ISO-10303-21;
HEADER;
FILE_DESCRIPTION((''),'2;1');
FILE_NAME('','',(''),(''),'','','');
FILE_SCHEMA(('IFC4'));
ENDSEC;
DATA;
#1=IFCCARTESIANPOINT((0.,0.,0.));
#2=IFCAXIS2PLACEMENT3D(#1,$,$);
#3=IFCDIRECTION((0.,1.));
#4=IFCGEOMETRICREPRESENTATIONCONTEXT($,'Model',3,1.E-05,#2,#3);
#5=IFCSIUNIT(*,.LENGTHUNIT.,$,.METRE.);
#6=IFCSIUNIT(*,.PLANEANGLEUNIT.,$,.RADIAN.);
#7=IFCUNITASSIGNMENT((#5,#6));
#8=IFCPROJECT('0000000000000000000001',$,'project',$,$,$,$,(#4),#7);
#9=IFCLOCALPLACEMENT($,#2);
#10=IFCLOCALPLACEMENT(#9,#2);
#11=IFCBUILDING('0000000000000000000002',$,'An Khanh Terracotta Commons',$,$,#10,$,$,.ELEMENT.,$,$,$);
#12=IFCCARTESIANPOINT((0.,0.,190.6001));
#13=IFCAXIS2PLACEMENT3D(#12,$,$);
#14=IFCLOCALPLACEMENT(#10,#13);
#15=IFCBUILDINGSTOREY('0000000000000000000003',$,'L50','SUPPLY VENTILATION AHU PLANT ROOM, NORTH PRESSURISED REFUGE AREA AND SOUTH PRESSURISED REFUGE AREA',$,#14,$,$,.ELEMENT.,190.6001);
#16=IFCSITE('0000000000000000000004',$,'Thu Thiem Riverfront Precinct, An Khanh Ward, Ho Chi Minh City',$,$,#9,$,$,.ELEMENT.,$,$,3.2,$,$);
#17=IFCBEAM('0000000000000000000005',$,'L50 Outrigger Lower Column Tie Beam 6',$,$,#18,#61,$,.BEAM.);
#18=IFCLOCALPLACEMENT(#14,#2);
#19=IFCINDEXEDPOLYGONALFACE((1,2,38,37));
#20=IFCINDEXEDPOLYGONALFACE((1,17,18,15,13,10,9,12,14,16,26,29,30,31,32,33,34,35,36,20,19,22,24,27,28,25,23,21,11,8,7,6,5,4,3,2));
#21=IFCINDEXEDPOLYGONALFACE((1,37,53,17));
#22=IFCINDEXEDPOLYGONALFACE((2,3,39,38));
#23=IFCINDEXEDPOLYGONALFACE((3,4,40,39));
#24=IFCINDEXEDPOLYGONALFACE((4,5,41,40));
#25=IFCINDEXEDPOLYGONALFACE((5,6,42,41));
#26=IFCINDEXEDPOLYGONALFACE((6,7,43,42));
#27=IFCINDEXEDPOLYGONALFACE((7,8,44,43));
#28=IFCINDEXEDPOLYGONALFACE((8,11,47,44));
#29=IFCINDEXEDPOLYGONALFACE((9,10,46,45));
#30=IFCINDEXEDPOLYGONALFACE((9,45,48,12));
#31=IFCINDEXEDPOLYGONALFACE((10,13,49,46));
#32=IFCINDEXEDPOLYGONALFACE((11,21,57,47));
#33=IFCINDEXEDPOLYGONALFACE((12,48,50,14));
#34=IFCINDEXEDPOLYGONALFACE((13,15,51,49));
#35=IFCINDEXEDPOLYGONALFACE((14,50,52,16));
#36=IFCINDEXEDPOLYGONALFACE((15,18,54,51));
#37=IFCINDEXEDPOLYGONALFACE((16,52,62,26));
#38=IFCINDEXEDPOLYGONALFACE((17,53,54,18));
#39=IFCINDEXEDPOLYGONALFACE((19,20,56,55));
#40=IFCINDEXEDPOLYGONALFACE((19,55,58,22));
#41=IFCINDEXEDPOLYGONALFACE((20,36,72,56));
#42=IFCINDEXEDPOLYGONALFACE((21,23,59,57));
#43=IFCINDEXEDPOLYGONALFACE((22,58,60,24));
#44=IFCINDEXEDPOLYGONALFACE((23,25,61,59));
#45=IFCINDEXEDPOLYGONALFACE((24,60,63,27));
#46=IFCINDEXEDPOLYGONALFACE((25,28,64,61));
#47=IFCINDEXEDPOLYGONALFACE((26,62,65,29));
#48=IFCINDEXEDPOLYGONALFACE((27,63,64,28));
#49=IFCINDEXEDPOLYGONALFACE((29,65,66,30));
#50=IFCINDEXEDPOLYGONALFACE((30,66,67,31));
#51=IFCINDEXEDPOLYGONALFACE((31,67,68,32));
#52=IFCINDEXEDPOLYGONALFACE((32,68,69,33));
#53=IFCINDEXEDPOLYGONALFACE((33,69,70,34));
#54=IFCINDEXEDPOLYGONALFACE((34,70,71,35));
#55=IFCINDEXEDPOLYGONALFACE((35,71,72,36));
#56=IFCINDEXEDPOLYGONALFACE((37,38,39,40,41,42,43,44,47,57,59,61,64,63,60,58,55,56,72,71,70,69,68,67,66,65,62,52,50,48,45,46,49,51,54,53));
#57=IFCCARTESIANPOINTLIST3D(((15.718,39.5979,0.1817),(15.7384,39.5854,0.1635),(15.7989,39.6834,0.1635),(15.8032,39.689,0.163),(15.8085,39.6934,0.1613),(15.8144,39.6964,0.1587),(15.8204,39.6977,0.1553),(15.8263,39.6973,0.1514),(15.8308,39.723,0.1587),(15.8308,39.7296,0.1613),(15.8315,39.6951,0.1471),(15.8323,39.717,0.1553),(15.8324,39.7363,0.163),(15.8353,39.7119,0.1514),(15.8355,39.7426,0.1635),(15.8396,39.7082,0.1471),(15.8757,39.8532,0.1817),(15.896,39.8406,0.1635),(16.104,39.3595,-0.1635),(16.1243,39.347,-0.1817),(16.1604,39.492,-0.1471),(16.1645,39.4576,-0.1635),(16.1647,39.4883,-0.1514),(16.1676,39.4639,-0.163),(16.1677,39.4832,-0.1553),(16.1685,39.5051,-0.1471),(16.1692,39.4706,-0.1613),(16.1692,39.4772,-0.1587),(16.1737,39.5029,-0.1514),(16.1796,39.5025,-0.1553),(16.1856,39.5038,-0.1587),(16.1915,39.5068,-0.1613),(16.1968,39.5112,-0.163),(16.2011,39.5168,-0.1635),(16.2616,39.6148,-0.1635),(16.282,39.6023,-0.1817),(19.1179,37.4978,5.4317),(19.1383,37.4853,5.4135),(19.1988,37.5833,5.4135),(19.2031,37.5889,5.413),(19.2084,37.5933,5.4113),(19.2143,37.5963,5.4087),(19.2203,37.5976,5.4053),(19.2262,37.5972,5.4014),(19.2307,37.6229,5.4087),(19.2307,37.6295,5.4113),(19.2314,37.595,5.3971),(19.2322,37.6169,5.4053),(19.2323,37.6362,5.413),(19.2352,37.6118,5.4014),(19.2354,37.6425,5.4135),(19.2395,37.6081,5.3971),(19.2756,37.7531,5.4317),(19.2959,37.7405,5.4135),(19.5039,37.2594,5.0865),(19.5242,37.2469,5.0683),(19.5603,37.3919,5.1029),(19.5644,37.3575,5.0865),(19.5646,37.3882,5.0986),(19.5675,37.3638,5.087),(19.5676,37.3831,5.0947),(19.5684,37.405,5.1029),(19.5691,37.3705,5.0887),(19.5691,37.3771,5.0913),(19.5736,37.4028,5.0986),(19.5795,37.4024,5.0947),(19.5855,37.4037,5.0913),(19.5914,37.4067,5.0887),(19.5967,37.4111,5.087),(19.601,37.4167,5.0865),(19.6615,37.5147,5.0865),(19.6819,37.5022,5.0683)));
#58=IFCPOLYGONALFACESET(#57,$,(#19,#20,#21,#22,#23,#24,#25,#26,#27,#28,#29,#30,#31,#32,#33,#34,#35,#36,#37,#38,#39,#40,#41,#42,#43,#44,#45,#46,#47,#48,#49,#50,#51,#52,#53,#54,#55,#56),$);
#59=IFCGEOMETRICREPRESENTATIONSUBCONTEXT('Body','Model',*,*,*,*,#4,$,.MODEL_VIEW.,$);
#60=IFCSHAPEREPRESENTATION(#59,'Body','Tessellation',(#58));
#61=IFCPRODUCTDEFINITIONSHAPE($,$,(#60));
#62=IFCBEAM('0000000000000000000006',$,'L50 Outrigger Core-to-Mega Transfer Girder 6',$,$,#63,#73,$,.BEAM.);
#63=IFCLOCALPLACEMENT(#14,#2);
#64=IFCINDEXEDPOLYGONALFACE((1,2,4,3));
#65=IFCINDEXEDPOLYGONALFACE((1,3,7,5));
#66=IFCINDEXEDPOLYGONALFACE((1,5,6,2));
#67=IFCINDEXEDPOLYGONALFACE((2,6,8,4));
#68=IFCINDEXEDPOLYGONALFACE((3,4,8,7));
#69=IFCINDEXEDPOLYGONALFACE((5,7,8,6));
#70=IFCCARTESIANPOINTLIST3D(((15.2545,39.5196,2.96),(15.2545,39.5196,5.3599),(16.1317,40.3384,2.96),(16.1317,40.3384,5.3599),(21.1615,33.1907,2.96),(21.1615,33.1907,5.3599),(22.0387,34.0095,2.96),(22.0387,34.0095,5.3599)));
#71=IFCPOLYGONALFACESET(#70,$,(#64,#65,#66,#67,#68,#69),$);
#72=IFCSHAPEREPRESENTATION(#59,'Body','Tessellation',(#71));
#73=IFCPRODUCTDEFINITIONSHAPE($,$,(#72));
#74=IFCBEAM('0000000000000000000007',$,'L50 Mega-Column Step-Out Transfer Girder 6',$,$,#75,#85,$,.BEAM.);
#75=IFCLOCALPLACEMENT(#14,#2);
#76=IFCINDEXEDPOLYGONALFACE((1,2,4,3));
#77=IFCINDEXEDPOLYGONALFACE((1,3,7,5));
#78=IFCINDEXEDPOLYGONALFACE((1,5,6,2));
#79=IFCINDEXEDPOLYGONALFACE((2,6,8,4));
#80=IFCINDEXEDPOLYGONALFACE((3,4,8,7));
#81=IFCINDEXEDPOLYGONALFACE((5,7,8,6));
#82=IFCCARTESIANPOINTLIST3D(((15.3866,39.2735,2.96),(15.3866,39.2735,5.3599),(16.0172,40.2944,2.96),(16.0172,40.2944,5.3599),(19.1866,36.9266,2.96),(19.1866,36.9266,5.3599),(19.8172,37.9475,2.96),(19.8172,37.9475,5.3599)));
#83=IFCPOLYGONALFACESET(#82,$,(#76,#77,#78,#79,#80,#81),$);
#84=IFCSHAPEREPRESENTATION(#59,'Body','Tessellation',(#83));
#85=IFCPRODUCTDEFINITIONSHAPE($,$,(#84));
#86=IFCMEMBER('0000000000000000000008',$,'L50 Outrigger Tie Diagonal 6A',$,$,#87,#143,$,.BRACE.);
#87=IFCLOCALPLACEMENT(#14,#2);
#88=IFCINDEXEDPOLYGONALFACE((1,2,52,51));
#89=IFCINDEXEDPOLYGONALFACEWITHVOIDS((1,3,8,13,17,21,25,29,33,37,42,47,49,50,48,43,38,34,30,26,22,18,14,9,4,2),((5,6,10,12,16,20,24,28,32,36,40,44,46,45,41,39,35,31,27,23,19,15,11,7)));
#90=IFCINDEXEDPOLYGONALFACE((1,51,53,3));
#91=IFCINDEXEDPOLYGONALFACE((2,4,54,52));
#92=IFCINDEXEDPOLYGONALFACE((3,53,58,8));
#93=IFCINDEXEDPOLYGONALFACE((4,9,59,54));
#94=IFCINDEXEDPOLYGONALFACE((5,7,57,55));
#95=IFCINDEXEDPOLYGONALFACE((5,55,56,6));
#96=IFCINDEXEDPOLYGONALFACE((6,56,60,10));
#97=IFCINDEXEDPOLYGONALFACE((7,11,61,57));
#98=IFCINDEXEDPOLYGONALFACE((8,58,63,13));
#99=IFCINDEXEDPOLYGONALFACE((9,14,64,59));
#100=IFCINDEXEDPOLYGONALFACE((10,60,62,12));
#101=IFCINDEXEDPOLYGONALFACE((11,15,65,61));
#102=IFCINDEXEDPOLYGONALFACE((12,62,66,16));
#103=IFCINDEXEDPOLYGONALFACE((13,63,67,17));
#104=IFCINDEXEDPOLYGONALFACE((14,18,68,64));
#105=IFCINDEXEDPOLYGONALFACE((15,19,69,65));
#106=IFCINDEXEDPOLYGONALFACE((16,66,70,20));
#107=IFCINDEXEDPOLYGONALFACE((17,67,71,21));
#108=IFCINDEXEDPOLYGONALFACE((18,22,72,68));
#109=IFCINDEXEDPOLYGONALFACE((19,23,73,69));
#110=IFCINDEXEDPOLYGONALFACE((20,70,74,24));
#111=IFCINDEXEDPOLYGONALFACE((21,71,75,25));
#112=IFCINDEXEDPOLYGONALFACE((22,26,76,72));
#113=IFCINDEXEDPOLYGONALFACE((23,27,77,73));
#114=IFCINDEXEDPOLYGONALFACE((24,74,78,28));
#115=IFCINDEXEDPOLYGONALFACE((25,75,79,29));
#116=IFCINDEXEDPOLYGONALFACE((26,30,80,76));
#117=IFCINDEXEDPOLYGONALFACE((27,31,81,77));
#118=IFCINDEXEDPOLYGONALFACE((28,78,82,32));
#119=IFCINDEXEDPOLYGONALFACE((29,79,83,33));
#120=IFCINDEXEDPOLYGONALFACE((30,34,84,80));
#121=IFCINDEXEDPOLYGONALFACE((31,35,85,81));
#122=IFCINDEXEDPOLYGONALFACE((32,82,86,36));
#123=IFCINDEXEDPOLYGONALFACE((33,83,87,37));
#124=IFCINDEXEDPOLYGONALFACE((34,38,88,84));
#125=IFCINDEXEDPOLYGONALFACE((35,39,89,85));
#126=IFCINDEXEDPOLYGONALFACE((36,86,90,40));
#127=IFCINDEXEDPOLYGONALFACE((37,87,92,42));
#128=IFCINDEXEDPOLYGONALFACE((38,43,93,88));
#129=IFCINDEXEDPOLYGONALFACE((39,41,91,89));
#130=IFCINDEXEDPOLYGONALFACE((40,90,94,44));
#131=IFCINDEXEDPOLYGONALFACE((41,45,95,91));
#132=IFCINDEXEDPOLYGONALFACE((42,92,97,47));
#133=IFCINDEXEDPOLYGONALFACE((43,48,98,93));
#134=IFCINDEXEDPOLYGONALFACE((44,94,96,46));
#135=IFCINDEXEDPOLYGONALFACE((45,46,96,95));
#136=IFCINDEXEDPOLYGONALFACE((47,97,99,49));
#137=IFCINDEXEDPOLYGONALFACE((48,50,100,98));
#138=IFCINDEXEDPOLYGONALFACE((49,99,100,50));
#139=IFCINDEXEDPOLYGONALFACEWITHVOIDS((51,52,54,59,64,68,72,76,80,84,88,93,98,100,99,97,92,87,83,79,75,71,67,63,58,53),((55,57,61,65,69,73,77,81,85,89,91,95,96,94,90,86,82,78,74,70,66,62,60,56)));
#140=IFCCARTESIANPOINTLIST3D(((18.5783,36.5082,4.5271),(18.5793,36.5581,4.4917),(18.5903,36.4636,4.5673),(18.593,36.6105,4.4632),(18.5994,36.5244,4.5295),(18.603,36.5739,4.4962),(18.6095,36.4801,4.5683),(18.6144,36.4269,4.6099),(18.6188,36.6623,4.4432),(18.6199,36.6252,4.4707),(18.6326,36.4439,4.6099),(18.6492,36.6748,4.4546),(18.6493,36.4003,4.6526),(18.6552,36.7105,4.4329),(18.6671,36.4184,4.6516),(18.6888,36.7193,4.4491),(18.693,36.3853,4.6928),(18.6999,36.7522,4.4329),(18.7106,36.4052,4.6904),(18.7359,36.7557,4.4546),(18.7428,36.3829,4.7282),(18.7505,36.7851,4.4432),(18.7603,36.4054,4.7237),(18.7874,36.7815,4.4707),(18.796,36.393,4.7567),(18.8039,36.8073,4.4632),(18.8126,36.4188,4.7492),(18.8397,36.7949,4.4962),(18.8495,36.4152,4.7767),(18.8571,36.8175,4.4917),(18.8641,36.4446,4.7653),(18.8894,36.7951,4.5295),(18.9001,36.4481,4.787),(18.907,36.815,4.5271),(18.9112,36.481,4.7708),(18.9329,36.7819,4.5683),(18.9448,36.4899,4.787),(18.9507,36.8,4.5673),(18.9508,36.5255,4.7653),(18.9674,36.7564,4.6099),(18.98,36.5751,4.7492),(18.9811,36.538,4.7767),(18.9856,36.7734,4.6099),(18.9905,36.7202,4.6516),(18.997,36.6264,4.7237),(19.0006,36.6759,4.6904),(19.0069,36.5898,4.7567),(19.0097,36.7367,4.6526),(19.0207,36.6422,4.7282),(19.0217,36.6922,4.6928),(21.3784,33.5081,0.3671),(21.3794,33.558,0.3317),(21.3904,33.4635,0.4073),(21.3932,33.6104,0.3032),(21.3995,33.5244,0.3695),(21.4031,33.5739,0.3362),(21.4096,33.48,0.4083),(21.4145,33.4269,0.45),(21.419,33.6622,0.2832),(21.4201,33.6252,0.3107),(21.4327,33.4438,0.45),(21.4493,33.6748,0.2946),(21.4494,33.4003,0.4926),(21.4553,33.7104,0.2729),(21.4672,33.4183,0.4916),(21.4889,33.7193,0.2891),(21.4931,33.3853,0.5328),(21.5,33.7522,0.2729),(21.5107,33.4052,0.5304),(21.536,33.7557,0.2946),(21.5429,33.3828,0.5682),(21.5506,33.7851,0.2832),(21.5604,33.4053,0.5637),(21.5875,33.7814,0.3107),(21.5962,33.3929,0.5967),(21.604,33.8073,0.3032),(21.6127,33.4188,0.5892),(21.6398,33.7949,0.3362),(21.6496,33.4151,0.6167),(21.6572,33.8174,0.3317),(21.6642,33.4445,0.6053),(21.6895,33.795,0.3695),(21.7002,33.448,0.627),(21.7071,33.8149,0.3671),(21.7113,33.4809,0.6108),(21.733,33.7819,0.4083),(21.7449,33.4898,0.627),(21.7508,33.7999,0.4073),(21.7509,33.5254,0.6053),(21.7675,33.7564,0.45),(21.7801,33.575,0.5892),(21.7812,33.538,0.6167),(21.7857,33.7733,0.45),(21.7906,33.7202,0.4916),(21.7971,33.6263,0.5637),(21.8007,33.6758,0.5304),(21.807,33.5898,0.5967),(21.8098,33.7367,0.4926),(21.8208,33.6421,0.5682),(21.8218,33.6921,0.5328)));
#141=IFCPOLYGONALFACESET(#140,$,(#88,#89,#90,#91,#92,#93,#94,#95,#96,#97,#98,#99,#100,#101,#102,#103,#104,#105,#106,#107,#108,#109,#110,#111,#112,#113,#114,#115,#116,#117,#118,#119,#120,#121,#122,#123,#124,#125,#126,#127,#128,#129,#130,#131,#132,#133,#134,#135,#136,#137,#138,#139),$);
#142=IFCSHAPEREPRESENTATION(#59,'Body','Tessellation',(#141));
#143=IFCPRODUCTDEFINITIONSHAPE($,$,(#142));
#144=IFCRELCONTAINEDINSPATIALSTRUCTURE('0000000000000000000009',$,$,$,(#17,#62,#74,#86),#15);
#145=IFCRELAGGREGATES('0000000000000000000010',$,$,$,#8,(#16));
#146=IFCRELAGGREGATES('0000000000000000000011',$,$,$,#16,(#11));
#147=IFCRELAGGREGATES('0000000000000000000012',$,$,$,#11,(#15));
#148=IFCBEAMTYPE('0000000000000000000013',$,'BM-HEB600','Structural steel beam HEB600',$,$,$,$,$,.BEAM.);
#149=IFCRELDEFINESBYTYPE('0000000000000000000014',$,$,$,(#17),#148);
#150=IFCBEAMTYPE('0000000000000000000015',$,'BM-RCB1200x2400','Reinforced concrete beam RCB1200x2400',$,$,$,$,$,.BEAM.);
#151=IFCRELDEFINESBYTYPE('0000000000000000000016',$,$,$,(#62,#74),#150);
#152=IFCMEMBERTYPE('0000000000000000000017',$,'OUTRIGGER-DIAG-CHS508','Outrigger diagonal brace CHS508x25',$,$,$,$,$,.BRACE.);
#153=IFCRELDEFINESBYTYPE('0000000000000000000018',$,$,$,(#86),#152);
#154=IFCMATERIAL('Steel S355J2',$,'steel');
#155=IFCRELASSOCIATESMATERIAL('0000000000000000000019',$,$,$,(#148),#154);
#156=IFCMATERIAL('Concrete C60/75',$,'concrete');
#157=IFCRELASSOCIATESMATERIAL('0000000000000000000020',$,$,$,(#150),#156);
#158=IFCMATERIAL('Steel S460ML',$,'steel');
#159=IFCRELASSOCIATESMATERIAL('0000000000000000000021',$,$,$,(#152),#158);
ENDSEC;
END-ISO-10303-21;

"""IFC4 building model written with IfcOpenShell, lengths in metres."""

from ifc_helpers import new_model, si_unit, direction, frame, origin, origin_2d, place, context, subcontext, project, spatial, rectangle, hollow_circle, i_section, extrude, material, material_profile, profile_set, type_object, element, save


model = new_model("IFC4")

# Units and contexts
model_context = context("Model", 3, precision=1e-05, world=origin(), true_north=direction((0.0, 1.0)))
body_context = subcontext(model_context, "Body", "Model", "MODEL_VIEW")
ifc_project = project(units=[si_unit("LENGTHUNIT", "METRE"), si_unit("PLANEANGLEUNIT", "RADIAN")], contexts=[model_context])

# Site, building, storey
site_placement = place(None, origin())
site = spatial("IfcSite", under=ifc_project, at=site_placement, Name="Thu Thiem Riverfront Precinct, An Khanh Ward, Ho Chi Minh City", CompositionType="ELEMENT", RefElevation=3.2)
building_placement = place(site_placement, origin())
building = spatial("IfcBuilding", under=site, at=building_placement, Name="An Khanh Terracotta Commons", CompositionType="ELEMENT")
storey_placement = place(building_placement, frame((0.0, 0.0, 190.6001)))
storey = spatial("IfcBuildingStorey", under=building, at=storey_placement, Name="L50", Description="SUPPLY VENTILATION AHU PLANT ROOM, NORTH PRESSURISED REFUGE AREA AND SOUTH PRESSURISED REFUGE AREA", CompositionType="ELEMENT", Elevation=190.6001)

# Shared definitions
ifc_material_1 = material(Name="Concrete C60/75", Category="concrete")

# Shared definitions
ifc_material_2 = material(Name="Steel S460ML", Category="steel")

# Beams
ifc_material_3 = material(Name="Steel S355J2", Category="steel")
ifc_material_profile_1 = material_profile(ifc_material_3, i_section(OverallWidth=0.3, OverallDepth=0.6001, WebThickness=0.0154, FlangeThickness=0.03, FilletRadius=0.0271, at=origin_2d()), Name="HEB600")
ifc_profile_set_1 = profile_set([ifc_material_profile_1], Name="Steel S355J2")
beam_type_1 = type_object("IfcBeamType", Name="BM-HEB600", Description="Structural steel beam HEB600", PredefinedType="BEAM", material=ifc_profile_set_1)
beam_1_placement = place(storey_placement, frame((16.0, 39.6001, 0.0), z_axis=(0.515301, -0.318298, 0.795708), x_axis=(0.525521, 0.85078, 0.0)))
element("IfcBeam", 1, at=beam_1_placement, inside=storey, type_object=beam_type_1, Name="L50 Outrigger Lower Column Tie Beam 6", PredefinedType="BEAM", context=body_context, shape_type="SweptSolid", body=[
    extrude(i_section(OverallWidth=0.3, OverallDepth=0.6001, WebThickness=0.0154, FlangeThickness=0.03, FilletRadius=0.0271, at=origin_2d()), origin(), (0.0, 0.0, 1.0), 6.5979),
])
ifc_material_profile_2 = material_profile(ifc_material_1, rectangle(XDim=1.2, YDim=2.3999, at=origin_2d()), Name="RCB1200x2400")
ifc_profile_set_2 = profile_set([ifc_material_profile_2], Name="Concrete C60/75")
beam_type_2 = type_object("IfcBeamType", Name="BM-RCB1200x2400", Description="Reinforced concrete beam RCB1200x2400", PredefinedType="BEAM", material=ifc_profile_set_2)
beam_2_placement = place(storey_placement, frame((21.6001, 33.6001, 4.1599), z_axis=(-0.682321, 0.731052, 0.0), x_axis=(-0.731052, -0.682321, 0.0)))
element("IfcBeam", 2, at=beam_2_placement, inside=storey, type_object=beam_type_2, Name="L50 Outrigger Core-to-Mega Transfer Girder 6", PredefinedType="BEAM", context=body_context, shape_type="SweptSolid", body=[
    extrude(rectangle(XDim=1.2, YDim=2.3999, at=origin_2d()), origin(), (0.0, 0.0, 1.0), 8.6572),
])
beam_3_placement = place(storey_placement, frame((15.7019, 39.7839, 4.1599), z_axis=(0.850815, -0.525466, 0.0), x_axis=(0.525466, 0.850815, 0.0)))
element("IfcBeam", 3, at=beam_3_placement, inside=storey, type_object=beam_type_2, Name="L50 Mega-Column Step-Out Transfer Girder 6", PredefinedType="BEAM", context=body_context, shape_type="SweptSolid", body=[
    extrude(rectangle(XDim=1.2, YDim=2.3999, at=origin_2d()), origin(), (0.0, 0.0, 1.0), 4.4663),
])

# Member
ifc_material_profile_3 = material_profile(ifc_material_2, hollow_circle(Radius=0.2539, WallThickness=0.0249, at=origin_2d()), Name="CHS508x25")
ifc_profile_set_3 = profile_set([ifc_material_profile_3], Name="Steel S460ML")
member_type_1 = type_object("IfcMemberType", Name="OUTRIGGER-DIAG-CHS508", Description="Outrigger diagonal brace CHS508x25", PredefinedType="BRACE", material=ifc_profile_set_3)
for number, where, z_axis, x_axis, name in (
    (4, (21.6001, 33.6001, 0.45), (-0.479183, 0.513401, 0.711901), (-0.731049, -0.682325, 0.0), "L50 Outrigger Tie Diagonal 6A"),
):
    element("IfcMember", number, at=place(storey_placement, frame(where, z_axis=z_axis, x_axis=x_axis)), inside=storey, type_object=member_type_1, Name=name, PredefinedType="BRACE", context=body_context, shape_type="SweptSolid", body=[
        extrude(hollow_circle(Radius=0.2539, WallThickness=0.0249, at=origin_2d()), origin(), (0.0, 0.0, 1.0), 5.8435),
    ])

save(model, "model.ifc")
